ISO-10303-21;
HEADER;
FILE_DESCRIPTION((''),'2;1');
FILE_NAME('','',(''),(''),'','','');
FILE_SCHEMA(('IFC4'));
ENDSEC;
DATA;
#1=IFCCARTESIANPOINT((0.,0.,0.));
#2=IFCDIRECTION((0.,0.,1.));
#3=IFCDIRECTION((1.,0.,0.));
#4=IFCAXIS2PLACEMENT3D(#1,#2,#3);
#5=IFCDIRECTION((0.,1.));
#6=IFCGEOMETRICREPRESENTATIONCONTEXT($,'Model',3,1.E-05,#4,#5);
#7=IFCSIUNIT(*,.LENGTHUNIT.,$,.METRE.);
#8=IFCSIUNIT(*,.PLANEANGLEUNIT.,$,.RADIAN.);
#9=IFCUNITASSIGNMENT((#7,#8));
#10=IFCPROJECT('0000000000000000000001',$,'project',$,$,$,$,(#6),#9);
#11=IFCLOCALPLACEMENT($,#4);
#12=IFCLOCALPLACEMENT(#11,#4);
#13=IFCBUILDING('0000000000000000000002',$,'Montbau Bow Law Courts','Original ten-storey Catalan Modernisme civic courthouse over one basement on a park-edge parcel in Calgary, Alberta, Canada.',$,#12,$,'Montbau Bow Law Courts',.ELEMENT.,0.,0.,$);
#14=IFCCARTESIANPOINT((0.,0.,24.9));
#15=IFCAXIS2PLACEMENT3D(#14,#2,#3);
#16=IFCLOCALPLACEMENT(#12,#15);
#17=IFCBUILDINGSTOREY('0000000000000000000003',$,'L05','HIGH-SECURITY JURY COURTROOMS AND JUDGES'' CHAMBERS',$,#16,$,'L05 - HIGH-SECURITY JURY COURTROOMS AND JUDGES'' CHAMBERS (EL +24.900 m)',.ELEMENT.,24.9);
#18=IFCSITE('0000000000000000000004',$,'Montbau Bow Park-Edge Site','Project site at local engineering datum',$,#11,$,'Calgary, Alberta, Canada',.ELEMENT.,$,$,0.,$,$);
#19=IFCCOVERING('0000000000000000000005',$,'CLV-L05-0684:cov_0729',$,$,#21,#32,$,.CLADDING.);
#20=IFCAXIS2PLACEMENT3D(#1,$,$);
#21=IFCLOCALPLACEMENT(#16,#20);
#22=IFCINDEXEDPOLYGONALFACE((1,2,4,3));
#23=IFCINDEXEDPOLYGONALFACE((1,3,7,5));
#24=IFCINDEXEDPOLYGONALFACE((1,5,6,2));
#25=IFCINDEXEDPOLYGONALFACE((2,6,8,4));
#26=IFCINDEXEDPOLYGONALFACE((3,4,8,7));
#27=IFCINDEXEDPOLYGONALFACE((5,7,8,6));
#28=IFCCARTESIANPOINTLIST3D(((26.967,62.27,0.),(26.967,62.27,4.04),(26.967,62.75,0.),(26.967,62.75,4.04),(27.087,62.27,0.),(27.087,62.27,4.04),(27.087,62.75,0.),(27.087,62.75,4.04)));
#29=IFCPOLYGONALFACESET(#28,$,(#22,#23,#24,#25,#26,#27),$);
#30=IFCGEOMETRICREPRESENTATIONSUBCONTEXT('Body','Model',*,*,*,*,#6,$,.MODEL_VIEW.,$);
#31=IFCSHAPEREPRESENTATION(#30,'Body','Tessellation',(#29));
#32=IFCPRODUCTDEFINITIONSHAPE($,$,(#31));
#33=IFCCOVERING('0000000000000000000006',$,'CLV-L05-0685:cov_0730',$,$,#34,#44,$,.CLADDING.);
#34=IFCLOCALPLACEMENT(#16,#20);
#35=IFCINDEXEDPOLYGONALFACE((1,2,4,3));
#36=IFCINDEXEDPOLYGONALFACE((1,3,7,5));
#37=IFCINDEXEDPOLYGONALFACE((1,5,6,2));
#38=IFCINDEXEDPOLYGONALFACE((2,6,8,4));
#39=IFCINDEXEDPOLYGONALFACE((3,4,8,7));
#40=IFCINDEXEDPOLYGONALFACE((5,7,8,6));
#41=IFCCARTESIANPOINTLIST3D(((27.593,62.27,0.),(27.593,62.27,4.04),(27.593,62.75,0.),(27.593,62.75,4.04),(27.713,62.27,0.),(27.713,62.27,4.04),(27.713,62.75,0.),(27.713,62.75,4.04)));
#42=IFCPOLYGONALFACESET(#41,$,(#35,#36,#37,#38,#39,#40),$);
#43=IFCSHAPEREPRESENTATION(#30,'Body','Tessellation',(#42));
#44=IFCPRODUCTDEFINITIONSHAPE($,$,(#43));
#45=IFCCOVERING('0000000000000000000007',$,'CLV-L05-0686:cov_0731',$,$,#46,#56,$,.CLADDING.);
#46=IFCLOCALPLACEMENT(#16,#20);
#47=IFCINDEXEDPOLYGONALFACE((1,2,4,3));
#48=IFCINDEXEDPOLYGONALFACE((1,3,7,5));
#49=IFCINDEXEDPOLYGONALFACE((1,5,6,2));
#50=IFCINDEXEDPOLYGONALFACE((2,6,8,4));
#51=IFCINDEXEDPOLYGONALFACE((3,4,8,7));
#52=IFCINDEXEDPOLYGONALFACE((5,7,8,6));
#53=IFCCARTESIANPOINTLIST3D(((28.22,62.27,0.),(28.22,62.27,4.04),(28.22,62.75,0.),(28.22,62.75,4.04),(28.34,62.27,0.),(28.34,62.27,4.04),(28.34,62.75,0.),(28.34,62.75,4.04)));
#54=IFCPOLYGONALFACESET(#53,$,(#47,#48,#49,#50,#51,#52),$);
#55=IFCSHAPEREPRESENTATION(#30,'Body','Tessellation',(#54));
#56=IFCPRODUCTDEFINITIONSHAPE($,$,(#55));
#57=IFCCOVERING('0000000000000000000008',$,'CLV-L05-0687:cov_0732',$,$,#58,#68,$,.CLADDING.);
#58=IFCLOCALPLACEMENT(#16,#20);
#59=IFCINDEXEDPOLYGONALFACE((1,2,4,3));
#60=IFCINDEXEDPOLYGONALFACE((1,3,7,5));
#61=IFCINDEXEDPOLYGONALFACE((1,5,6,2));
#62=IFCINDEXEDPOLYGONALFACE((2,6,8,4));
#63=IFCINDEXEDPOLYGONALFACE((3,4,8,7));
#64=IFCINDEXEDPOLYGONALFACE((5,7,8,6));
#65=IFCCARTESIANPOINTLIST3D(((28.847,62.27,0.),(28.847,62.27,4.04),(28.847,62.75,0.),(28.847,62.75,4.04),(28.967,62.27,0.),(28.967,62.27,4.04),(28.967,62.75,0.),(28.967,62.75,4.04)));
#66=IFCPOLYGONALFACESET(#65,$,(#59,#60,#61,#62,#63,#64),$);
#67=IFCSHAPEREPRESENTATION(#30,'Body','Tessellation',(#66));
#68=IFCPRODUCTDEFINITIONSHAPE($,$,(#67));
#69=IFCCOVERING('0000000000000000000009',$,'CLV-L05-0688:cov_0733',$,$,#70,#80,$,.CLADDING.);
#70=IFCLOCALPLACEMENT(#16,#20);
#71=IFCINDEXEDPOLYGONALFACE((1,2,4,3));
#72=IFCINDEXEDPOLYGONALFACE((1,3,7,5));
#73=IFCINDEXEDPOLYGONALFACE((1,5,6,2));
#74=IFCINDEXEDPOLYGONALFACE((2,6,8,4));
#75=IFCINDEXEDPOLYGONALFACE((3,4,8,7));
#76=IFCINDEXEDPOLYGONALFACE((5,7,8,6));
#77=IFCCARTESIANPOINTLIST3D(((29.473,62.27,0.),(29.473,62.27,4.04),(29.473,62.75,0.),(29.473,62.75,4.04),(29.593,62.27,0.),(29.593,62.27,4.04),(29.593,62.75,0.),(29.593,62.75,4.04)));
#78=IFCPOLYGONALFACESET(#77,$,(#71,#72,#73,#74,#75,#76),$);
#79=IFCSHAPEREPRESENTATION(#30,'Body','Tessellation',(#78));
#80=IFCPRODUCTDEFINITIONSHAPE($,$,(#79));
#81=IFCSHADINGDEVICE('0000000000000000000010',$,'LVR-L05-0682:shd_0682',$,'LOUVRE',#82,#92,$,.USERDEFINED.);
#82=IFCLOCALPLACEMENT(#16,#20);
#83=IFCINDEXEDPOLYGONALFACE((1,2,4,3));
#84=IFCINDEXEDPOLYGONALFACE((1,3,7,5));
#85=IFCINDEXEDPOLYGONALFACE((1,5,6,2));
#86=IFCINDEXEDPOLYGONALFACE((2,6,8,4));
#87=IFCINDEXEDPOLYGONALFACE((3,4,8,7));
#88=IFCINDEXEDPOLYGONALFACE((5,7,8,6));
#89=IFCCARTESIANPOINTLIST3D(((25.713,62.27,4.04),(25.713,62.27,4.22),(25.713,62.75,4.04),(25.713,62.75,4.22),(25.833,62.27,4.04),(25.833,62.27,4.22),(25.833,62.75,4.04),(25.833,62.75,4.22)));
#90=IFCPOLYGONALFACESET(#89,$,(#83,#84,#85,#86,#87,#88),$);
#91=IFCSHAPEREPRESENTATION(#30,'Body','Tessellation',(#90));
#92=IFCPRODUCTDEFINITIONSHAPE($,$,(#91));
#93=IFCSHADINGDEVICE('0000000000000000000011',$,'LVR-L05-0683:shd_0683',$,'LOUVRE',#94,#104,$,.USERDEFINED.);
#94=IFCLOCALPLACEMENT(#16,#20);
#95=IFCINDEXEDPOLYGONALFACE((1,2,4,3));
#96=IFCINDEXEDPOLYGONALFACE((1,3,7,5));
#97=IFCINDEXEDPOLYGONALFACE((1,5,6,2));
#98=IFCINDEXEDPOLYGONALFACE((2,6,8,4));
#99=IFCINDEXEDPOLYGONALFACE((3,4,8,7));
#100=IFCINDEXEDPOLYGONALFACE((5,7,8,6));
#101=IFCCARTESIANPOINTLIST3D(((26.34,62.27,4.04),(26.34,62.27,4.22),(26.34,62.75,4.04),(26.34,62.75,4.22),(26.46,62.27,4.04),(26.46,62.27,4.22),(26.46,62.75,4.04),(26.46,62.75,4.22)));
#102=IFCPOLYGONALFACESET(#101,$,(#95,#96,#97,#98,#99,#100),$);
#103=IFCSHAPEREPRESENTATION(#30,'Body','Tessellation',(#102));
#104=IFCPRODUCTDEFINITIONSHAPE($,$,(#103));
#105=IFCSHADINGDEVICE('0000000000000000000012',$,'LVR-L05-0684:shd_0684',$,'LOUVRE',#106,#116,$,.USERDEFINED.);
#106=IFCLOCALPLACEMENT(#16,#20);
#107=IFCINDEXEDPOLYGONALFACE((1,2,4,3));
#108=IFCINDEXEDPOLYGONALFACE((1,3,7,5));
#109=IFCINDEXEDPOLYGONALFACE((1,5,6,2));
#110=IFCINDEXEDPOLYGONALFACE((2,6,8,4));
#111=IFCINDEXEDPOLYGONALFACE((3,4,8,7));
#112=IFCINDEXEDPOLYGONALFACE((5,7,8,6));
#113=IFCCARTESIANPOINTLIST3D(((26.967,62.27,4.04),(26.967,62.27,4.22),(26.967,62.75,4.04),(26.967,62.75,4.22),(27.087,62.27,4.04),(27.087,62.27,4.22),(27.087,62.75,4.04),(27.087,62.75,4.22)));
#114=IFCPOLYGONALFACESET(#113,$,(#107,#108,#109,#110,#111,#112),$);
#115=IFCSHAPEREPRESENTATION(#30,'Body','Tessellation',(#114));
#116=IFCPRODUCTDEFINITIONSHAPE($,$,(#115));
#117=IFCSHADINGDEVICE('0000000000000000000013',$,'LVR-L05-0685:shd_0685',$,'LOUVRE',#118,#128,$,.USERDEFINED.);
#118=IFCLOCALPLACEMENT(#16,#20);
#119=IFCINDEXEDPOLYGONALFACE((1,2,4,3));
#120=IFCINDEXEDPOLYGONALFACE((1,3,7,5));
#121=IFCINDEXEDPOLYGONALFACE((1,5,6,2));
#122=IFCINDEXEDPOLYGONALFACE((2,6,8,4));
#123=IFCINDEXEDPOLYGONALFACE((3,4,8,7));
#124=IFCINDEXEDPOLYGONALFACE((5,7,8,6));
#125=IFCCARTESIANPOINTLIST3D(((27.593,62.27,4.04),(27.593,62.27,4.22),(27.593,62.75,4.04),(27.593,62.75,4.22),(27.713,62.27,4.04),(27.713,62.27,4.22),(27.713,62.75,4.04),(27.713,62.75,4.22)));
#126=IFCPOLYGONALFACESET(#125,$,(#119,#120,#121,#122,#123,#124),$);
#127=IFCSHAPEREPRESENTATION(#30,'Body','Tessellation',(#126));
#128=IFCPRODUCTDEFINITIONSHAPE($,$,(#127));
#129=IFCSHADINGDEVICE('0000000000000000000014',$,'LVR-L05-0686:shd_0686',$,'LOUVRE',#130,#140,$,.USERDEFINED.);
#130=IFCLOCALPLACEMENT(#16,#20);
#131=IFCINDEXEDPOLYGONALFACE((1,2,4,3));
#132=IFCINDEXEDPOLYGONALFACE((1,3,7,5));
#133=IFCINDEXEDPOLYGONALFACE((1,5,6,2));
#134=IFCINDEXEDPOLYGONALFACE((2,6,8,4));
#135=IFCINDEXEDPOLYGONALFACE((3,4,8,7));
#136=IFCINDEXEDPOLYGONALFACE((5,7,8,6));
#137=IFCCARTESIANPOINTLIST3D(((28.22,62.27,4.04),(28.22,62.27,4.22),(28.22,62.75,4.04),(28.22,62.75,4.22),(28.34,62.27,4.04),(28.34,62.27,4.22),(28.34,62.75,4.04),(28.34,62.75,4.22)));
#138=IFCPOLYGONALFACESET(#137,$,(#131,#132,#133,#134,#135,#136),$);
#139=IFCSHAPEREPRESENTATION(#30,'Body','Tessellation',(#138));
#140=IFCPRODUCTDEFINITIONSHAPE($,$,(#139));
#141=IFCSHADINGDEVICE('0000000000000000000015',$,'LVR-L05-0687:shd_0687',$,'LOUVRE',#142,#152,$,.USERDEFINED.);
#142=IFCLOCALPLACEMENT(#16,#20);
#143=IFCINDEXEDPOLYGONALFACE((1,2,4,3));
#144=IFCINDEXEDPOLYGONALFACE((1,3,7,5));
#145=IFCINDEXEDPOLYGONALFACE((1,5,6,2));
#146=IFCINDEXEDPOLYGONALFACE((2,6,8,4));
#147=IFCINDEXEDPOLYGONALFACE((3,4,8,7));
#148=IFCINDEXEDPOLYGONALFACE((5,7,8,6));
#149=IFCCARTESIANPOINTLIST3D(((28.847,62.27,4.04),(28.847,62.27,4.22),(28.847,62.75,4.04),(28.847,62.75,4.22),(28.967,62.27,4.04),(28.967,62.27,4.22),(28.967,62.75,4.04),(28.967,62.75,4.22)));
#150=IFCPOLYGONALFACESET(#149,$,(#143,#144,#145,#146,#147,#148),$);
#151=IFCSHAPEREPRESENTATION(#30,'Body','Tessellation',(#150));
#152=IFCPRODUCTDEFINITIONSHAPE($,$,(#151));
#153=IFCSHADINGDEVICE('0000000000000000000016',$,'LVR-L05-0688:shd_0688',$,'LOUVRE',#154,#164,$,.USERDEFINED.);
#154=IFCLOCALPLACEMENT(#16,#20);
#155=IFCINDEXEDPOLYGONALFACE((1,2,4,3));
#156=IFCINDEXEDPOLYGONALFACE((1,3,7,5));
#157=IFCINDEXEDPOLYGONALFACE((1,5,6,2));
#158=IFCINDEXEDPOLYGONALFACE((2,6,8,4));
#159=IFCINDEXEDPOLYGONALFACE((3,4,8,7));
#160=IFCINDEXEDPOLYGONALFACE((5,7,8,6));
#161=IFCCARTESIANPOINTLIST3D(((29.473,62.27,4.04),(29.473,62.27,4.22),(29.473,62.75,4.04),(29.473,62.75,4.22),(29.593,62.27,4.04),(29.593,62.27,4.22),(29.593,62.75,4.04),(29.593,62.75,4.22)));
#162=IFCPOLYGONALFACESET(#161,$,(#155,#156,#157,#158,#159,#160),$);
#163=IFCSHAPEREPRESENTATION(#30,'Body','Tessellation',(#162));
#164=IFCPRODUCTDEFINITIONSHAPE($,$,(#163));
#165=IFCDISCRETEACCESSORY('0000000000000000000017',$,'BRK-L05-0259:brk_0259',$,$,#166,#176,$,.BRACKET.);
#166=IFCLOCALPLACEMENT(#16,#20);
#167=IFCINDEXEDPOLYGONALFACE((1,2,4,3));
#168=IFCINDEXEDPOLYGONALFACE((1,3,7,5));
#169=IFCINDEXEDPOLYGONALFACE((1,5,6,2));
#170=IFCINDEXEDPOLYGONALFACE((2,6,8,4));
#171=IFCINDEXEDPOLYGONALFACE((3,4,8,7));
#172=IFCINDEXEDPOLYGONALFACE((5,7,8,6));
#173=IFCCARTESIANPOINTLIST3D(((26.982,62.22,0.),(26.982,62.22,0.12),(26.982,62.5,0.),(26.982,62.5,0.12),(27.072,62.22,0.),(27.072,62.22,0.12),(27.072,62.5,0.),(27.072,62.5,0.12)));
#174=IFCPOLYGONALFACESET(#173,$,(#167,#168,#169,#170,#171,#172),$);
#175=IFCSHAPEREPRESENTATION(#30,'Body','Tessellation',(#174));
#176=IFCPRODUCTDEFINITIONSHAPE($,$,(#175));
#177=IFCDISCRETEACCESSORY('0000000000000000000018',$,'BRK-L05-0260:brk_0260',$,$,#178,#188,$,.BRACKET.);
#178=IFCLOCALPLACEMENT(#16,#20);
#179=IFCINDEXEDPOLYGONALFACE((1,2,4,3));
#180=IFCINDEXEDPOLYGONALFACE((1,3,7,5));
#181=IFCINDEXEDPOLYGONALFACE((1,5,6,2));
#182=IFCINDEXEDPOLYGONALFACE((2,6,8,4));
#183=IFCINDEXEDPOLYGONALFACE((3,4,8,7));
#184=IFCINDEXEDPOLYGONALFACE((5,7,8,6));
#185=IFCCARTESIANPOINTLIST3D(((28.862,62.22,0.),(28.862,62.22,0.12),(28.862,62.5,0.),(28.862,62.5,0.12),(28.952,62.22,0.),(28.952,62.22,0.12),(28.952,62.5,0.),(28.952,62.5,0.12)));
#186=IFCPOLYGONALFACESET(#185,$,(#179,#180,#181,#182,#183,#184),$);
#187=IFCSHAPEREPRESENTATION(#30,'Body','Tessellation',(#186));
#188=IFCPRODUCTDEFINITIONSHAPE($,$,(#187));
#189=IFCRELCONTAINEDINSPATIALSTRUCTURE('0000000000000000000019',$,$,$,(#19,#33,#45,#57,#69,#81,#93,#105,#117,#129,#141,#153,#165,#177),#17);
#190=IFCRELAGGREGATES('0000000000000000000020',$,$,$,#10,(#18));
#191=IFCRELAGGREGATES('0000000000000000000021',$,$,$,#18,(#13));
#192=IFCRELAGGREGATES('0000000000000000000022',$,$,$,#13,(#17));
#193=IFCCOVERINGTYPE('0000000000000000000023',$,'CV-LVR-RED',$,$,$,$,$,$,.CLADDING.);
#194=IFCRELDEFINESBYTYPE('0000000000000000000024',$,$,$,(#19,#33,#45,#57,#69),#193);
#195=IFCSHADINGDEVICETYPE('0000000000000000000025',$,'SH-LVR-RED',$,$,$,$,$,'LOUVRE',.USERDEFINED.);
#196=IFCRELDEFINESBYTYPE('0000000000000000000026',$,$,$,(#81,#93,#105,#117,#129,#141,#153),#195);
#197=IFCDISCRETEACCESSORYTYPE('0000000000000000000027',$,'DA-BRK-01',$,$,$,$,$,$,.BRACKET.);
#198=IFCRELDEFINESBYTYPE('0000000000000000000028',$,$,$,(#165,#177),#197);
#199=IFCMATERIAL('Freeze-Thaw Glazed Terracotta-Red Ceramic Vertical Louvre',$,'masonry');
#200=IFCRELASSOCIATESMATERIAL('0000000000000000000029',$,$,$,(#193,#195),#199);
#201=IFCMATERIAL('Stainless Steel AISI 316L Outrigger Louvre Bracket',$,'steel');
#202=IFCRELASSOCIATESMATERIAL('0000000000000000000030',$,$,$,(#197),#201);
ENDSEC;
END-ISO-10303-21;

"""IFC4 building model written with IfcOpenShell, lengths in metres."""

from ifc_helpers import new_model, si_unit, direction, frame, frame_2d, origin_with_axes, origin_2d_with_axis, place, context, subcontext, project, spatial, rectangle, extrude, material, type_object, element, save


model = new_model("IFC4")

# Units and contexts
model_context = context("Model", 3, precision=1e-05, world=origin_with_axes(), true_north=direction((0.0, 1.0)))
body_context = subcontext(model_context, "Body", "Model", "MODEL_VIEW")
ifc_project = project(units=[si_unit("LENGTHUNIT", "METRE"), si_unit("PLANEANGLEUNIT", "RADIAN")], contexts=[model_context])

# Site, building, storey
site_placement = place(None, origin_with_axes())
site = spatial("IfcSite", under=ifc_project, at=site_placement, Name="Montbau Bow Park-Edge Site", Description="Project site at local engineering datum", LongName="Calgary, Alberta, Canada", CompositionType="ELEMENT", RefElevation=0.0)
building_placement = place(site_placement, origin_with_axes())
building = spatial("IfcBuilding", under=site, at=building_placement, Name="Montbau Bow Law Courts", Description="Original ten-storey Catalan Modernisme civic courthouse over one basement on a park-edge parcel in Calgary, Alberta, Canada.", LongName="Montbau Bow Law Courts", CompositionType="ELEMENT", ElevationOfRefHeight=0.0, ElevationOfTerrain=0.0)
storey_placement = place(building_placement, frame((0.0, 0.0, 24.9), z_axis=(0.0, 0.0, 1.0), x_axis=(1.0, 0.0, 0.0)))
storey = spatial("IfcBuildingStorey", under=building, at=storey_placement, Name="L05", Description="HIGH-SECURITY JURY COURTROOMS AND JUDGES' CHAMBERS", LongName="L05 - HIGH-SECURITY JURY COURTROOMS AND JUDGES' CHAMBERS (EL +24.900 m)", CompositionType="ELEMENT", Elevation=24.9)

# Coverings
ifc_material_1 = material(Name="Freeze-Thaw Glazed Terracotta-Red Ceramic Vertical Louvre", Category="masonry")
covering_type = type_object("IfcCoveringType", Name="CV-LVR-RED", PredefinedType="CLADDING", material=ifc_material_1)
for number, where, z_axis, x_axis, name in (
    (1, (27.027, 62.27, 24.9), (1.0, 0.0, 0.0), (0.0, 1.0, 0.0), "CLV-L05-0684:cov_0729"),
    (2, (27.653, 62.27, 24.9), (1.0, 0.0, 0.0), (0.0, 1.0, 0.0), "CLV-L05-0685:cov_0730"),
    (3, (28.28, 62.27, 24.9), (1.0, 0.0, 0.0), (0.0, 1.0, 0.0), "CLV-L05-0686:cov_0731"),
    (4, (28.907, 62.27, 24.9), (1.0, 0.0, 0.0), (0.0, 1.0, 0.0), "CLV-L05-0687:cov_0732"),
    (5, (29.533, 62.27, 24.9), (1.0, 0.0, 0.0), (0.0, 1.0, 0.0), "CLV-L05-0688:cov_0733"),
):
    element("IfcCovering", number, at=place(None, frame(where, z_axis=z_axis, x_axis=x_axis)), inside=storey, type_object=covering_type, Name=name, PredefinedType="CLADDING", context=body_context, shape_type="SweptSolid", body=[
        extrude(rectangle(XDim=0.48, YDim=4.04, at=frame_2d((0.24, 2.02), x_axis=(1.0, 0.0))), frame((0.0, 0.0, -0.06), z_axis=(0.0, 0.0, 1.0), x_axis=(1.0, 0.0, 0.0)), (0.0, 0.0, 1.0), 0.12),
    ])

# Shading devices
shading_device_type = type_object("IfcShadingDeviceType", Name="SH-LVR-RED", ElementType="LOUVRE", PredefinedType="USERDEFINED", material=ifc_material_1)
for number, where, z_axis, x_axis, name in (
    (6, (25.773, 62.51, 28.94), (0.0, 0.0, 1.0), (0.0, 1.0, 0.0), "LVR-L05-0682:shd_0682"),
    (7, (26.4, 62.51, 28.94), (0.0, 0.0, 1.0), (0.0, 1.0, 0.0), "LVR-L05-0683:shd_0683"),
    (8, (27.027, 62.51, 28.94), (0.0, 0.0, 1.0), (0.0, 1.0, 0.0), "LVR-L05-0684:shd_0684"),
    (9, (27.653, 62.51, 28.94), (0.0, 0.0, 1.0), (0.0, 1.0, 0.0), "LVR-L05-0685:shd_0685"),
    (10, (28.28, 62.51, 28.94), (0.0, 0.0, 1.0), (0.0, 1.0, 0.0), "LVR-L05-0686:shd_0686"),
    (11, (28.907, 62.51, 28.94), (0.0, 0.0, 1.0), (0.0, 1.0, 0.0), "LVR-L05-0687:shd_0687"),
    (12, (29.533, 62.51, 28.94), (0.0, 0.0, 1.0), (0.0, 1.0, 0.0), "LVR-L05-0688:shd_0688"),
):
    element("IfcShadingDevice", number, at=place(None, frame(where, z_axis=z_axis, x_axis=x_axis)), inside=storey, type_object=shading_device_type, Name=name, ObjectType="LOUVRE", PredefinedType="USERDEFINED", context=body_context, shape_type="SweptSolid", body=[
        extrude(rectangle(XDim=0.48, YDim=0.12, at=origin_2d_with_axis()), origin_with_axes(), (0.0, 0.0, 1.0), 0.18),
    ])

# Discrete accessories
ifc_material_2 = material(Name="Stainless Steel AISI 316L Outrigger Louvre Bracket", Category="steel")
discrete_accessory_type = type_object("IfcDiscreteAccessoryType", Name="DA-BRK-01", PredefinedType="BRACKET", material=ifc_material_2)
for number, where, z_axis, x_axis, name in (
    (13, (27.027, 62.36, 24.9), (0.0, 0.0, 1.0), (0.0, 1.0, 0.0), "BRK-L05-0259:brk_0259"),
    (14, (28.907, 62.36, 24.9), (0.0, 0.0, 1.0), (0.0, 1.0, 0.0), "BRK-L05-0260:brk_0260"),
):
    element("IfcDiscreteAccessory", number, at=place(None, frame(where, z_axis=z_axis, x_axis=x_axis)), inside=storey, type_object=discrete_accessory_type, Name=name, PredefinedType="BRACKET", context=body_context, shape_type="SweptSolid", body=[
        extrude(rectangle(XDim=0.28, YDim=0.09, at=origin_2d_with_axis()), origin_with_axes(), (0.0, 0.0, 1.0), 0.12),
    ])

save(model, "model.ifc")
